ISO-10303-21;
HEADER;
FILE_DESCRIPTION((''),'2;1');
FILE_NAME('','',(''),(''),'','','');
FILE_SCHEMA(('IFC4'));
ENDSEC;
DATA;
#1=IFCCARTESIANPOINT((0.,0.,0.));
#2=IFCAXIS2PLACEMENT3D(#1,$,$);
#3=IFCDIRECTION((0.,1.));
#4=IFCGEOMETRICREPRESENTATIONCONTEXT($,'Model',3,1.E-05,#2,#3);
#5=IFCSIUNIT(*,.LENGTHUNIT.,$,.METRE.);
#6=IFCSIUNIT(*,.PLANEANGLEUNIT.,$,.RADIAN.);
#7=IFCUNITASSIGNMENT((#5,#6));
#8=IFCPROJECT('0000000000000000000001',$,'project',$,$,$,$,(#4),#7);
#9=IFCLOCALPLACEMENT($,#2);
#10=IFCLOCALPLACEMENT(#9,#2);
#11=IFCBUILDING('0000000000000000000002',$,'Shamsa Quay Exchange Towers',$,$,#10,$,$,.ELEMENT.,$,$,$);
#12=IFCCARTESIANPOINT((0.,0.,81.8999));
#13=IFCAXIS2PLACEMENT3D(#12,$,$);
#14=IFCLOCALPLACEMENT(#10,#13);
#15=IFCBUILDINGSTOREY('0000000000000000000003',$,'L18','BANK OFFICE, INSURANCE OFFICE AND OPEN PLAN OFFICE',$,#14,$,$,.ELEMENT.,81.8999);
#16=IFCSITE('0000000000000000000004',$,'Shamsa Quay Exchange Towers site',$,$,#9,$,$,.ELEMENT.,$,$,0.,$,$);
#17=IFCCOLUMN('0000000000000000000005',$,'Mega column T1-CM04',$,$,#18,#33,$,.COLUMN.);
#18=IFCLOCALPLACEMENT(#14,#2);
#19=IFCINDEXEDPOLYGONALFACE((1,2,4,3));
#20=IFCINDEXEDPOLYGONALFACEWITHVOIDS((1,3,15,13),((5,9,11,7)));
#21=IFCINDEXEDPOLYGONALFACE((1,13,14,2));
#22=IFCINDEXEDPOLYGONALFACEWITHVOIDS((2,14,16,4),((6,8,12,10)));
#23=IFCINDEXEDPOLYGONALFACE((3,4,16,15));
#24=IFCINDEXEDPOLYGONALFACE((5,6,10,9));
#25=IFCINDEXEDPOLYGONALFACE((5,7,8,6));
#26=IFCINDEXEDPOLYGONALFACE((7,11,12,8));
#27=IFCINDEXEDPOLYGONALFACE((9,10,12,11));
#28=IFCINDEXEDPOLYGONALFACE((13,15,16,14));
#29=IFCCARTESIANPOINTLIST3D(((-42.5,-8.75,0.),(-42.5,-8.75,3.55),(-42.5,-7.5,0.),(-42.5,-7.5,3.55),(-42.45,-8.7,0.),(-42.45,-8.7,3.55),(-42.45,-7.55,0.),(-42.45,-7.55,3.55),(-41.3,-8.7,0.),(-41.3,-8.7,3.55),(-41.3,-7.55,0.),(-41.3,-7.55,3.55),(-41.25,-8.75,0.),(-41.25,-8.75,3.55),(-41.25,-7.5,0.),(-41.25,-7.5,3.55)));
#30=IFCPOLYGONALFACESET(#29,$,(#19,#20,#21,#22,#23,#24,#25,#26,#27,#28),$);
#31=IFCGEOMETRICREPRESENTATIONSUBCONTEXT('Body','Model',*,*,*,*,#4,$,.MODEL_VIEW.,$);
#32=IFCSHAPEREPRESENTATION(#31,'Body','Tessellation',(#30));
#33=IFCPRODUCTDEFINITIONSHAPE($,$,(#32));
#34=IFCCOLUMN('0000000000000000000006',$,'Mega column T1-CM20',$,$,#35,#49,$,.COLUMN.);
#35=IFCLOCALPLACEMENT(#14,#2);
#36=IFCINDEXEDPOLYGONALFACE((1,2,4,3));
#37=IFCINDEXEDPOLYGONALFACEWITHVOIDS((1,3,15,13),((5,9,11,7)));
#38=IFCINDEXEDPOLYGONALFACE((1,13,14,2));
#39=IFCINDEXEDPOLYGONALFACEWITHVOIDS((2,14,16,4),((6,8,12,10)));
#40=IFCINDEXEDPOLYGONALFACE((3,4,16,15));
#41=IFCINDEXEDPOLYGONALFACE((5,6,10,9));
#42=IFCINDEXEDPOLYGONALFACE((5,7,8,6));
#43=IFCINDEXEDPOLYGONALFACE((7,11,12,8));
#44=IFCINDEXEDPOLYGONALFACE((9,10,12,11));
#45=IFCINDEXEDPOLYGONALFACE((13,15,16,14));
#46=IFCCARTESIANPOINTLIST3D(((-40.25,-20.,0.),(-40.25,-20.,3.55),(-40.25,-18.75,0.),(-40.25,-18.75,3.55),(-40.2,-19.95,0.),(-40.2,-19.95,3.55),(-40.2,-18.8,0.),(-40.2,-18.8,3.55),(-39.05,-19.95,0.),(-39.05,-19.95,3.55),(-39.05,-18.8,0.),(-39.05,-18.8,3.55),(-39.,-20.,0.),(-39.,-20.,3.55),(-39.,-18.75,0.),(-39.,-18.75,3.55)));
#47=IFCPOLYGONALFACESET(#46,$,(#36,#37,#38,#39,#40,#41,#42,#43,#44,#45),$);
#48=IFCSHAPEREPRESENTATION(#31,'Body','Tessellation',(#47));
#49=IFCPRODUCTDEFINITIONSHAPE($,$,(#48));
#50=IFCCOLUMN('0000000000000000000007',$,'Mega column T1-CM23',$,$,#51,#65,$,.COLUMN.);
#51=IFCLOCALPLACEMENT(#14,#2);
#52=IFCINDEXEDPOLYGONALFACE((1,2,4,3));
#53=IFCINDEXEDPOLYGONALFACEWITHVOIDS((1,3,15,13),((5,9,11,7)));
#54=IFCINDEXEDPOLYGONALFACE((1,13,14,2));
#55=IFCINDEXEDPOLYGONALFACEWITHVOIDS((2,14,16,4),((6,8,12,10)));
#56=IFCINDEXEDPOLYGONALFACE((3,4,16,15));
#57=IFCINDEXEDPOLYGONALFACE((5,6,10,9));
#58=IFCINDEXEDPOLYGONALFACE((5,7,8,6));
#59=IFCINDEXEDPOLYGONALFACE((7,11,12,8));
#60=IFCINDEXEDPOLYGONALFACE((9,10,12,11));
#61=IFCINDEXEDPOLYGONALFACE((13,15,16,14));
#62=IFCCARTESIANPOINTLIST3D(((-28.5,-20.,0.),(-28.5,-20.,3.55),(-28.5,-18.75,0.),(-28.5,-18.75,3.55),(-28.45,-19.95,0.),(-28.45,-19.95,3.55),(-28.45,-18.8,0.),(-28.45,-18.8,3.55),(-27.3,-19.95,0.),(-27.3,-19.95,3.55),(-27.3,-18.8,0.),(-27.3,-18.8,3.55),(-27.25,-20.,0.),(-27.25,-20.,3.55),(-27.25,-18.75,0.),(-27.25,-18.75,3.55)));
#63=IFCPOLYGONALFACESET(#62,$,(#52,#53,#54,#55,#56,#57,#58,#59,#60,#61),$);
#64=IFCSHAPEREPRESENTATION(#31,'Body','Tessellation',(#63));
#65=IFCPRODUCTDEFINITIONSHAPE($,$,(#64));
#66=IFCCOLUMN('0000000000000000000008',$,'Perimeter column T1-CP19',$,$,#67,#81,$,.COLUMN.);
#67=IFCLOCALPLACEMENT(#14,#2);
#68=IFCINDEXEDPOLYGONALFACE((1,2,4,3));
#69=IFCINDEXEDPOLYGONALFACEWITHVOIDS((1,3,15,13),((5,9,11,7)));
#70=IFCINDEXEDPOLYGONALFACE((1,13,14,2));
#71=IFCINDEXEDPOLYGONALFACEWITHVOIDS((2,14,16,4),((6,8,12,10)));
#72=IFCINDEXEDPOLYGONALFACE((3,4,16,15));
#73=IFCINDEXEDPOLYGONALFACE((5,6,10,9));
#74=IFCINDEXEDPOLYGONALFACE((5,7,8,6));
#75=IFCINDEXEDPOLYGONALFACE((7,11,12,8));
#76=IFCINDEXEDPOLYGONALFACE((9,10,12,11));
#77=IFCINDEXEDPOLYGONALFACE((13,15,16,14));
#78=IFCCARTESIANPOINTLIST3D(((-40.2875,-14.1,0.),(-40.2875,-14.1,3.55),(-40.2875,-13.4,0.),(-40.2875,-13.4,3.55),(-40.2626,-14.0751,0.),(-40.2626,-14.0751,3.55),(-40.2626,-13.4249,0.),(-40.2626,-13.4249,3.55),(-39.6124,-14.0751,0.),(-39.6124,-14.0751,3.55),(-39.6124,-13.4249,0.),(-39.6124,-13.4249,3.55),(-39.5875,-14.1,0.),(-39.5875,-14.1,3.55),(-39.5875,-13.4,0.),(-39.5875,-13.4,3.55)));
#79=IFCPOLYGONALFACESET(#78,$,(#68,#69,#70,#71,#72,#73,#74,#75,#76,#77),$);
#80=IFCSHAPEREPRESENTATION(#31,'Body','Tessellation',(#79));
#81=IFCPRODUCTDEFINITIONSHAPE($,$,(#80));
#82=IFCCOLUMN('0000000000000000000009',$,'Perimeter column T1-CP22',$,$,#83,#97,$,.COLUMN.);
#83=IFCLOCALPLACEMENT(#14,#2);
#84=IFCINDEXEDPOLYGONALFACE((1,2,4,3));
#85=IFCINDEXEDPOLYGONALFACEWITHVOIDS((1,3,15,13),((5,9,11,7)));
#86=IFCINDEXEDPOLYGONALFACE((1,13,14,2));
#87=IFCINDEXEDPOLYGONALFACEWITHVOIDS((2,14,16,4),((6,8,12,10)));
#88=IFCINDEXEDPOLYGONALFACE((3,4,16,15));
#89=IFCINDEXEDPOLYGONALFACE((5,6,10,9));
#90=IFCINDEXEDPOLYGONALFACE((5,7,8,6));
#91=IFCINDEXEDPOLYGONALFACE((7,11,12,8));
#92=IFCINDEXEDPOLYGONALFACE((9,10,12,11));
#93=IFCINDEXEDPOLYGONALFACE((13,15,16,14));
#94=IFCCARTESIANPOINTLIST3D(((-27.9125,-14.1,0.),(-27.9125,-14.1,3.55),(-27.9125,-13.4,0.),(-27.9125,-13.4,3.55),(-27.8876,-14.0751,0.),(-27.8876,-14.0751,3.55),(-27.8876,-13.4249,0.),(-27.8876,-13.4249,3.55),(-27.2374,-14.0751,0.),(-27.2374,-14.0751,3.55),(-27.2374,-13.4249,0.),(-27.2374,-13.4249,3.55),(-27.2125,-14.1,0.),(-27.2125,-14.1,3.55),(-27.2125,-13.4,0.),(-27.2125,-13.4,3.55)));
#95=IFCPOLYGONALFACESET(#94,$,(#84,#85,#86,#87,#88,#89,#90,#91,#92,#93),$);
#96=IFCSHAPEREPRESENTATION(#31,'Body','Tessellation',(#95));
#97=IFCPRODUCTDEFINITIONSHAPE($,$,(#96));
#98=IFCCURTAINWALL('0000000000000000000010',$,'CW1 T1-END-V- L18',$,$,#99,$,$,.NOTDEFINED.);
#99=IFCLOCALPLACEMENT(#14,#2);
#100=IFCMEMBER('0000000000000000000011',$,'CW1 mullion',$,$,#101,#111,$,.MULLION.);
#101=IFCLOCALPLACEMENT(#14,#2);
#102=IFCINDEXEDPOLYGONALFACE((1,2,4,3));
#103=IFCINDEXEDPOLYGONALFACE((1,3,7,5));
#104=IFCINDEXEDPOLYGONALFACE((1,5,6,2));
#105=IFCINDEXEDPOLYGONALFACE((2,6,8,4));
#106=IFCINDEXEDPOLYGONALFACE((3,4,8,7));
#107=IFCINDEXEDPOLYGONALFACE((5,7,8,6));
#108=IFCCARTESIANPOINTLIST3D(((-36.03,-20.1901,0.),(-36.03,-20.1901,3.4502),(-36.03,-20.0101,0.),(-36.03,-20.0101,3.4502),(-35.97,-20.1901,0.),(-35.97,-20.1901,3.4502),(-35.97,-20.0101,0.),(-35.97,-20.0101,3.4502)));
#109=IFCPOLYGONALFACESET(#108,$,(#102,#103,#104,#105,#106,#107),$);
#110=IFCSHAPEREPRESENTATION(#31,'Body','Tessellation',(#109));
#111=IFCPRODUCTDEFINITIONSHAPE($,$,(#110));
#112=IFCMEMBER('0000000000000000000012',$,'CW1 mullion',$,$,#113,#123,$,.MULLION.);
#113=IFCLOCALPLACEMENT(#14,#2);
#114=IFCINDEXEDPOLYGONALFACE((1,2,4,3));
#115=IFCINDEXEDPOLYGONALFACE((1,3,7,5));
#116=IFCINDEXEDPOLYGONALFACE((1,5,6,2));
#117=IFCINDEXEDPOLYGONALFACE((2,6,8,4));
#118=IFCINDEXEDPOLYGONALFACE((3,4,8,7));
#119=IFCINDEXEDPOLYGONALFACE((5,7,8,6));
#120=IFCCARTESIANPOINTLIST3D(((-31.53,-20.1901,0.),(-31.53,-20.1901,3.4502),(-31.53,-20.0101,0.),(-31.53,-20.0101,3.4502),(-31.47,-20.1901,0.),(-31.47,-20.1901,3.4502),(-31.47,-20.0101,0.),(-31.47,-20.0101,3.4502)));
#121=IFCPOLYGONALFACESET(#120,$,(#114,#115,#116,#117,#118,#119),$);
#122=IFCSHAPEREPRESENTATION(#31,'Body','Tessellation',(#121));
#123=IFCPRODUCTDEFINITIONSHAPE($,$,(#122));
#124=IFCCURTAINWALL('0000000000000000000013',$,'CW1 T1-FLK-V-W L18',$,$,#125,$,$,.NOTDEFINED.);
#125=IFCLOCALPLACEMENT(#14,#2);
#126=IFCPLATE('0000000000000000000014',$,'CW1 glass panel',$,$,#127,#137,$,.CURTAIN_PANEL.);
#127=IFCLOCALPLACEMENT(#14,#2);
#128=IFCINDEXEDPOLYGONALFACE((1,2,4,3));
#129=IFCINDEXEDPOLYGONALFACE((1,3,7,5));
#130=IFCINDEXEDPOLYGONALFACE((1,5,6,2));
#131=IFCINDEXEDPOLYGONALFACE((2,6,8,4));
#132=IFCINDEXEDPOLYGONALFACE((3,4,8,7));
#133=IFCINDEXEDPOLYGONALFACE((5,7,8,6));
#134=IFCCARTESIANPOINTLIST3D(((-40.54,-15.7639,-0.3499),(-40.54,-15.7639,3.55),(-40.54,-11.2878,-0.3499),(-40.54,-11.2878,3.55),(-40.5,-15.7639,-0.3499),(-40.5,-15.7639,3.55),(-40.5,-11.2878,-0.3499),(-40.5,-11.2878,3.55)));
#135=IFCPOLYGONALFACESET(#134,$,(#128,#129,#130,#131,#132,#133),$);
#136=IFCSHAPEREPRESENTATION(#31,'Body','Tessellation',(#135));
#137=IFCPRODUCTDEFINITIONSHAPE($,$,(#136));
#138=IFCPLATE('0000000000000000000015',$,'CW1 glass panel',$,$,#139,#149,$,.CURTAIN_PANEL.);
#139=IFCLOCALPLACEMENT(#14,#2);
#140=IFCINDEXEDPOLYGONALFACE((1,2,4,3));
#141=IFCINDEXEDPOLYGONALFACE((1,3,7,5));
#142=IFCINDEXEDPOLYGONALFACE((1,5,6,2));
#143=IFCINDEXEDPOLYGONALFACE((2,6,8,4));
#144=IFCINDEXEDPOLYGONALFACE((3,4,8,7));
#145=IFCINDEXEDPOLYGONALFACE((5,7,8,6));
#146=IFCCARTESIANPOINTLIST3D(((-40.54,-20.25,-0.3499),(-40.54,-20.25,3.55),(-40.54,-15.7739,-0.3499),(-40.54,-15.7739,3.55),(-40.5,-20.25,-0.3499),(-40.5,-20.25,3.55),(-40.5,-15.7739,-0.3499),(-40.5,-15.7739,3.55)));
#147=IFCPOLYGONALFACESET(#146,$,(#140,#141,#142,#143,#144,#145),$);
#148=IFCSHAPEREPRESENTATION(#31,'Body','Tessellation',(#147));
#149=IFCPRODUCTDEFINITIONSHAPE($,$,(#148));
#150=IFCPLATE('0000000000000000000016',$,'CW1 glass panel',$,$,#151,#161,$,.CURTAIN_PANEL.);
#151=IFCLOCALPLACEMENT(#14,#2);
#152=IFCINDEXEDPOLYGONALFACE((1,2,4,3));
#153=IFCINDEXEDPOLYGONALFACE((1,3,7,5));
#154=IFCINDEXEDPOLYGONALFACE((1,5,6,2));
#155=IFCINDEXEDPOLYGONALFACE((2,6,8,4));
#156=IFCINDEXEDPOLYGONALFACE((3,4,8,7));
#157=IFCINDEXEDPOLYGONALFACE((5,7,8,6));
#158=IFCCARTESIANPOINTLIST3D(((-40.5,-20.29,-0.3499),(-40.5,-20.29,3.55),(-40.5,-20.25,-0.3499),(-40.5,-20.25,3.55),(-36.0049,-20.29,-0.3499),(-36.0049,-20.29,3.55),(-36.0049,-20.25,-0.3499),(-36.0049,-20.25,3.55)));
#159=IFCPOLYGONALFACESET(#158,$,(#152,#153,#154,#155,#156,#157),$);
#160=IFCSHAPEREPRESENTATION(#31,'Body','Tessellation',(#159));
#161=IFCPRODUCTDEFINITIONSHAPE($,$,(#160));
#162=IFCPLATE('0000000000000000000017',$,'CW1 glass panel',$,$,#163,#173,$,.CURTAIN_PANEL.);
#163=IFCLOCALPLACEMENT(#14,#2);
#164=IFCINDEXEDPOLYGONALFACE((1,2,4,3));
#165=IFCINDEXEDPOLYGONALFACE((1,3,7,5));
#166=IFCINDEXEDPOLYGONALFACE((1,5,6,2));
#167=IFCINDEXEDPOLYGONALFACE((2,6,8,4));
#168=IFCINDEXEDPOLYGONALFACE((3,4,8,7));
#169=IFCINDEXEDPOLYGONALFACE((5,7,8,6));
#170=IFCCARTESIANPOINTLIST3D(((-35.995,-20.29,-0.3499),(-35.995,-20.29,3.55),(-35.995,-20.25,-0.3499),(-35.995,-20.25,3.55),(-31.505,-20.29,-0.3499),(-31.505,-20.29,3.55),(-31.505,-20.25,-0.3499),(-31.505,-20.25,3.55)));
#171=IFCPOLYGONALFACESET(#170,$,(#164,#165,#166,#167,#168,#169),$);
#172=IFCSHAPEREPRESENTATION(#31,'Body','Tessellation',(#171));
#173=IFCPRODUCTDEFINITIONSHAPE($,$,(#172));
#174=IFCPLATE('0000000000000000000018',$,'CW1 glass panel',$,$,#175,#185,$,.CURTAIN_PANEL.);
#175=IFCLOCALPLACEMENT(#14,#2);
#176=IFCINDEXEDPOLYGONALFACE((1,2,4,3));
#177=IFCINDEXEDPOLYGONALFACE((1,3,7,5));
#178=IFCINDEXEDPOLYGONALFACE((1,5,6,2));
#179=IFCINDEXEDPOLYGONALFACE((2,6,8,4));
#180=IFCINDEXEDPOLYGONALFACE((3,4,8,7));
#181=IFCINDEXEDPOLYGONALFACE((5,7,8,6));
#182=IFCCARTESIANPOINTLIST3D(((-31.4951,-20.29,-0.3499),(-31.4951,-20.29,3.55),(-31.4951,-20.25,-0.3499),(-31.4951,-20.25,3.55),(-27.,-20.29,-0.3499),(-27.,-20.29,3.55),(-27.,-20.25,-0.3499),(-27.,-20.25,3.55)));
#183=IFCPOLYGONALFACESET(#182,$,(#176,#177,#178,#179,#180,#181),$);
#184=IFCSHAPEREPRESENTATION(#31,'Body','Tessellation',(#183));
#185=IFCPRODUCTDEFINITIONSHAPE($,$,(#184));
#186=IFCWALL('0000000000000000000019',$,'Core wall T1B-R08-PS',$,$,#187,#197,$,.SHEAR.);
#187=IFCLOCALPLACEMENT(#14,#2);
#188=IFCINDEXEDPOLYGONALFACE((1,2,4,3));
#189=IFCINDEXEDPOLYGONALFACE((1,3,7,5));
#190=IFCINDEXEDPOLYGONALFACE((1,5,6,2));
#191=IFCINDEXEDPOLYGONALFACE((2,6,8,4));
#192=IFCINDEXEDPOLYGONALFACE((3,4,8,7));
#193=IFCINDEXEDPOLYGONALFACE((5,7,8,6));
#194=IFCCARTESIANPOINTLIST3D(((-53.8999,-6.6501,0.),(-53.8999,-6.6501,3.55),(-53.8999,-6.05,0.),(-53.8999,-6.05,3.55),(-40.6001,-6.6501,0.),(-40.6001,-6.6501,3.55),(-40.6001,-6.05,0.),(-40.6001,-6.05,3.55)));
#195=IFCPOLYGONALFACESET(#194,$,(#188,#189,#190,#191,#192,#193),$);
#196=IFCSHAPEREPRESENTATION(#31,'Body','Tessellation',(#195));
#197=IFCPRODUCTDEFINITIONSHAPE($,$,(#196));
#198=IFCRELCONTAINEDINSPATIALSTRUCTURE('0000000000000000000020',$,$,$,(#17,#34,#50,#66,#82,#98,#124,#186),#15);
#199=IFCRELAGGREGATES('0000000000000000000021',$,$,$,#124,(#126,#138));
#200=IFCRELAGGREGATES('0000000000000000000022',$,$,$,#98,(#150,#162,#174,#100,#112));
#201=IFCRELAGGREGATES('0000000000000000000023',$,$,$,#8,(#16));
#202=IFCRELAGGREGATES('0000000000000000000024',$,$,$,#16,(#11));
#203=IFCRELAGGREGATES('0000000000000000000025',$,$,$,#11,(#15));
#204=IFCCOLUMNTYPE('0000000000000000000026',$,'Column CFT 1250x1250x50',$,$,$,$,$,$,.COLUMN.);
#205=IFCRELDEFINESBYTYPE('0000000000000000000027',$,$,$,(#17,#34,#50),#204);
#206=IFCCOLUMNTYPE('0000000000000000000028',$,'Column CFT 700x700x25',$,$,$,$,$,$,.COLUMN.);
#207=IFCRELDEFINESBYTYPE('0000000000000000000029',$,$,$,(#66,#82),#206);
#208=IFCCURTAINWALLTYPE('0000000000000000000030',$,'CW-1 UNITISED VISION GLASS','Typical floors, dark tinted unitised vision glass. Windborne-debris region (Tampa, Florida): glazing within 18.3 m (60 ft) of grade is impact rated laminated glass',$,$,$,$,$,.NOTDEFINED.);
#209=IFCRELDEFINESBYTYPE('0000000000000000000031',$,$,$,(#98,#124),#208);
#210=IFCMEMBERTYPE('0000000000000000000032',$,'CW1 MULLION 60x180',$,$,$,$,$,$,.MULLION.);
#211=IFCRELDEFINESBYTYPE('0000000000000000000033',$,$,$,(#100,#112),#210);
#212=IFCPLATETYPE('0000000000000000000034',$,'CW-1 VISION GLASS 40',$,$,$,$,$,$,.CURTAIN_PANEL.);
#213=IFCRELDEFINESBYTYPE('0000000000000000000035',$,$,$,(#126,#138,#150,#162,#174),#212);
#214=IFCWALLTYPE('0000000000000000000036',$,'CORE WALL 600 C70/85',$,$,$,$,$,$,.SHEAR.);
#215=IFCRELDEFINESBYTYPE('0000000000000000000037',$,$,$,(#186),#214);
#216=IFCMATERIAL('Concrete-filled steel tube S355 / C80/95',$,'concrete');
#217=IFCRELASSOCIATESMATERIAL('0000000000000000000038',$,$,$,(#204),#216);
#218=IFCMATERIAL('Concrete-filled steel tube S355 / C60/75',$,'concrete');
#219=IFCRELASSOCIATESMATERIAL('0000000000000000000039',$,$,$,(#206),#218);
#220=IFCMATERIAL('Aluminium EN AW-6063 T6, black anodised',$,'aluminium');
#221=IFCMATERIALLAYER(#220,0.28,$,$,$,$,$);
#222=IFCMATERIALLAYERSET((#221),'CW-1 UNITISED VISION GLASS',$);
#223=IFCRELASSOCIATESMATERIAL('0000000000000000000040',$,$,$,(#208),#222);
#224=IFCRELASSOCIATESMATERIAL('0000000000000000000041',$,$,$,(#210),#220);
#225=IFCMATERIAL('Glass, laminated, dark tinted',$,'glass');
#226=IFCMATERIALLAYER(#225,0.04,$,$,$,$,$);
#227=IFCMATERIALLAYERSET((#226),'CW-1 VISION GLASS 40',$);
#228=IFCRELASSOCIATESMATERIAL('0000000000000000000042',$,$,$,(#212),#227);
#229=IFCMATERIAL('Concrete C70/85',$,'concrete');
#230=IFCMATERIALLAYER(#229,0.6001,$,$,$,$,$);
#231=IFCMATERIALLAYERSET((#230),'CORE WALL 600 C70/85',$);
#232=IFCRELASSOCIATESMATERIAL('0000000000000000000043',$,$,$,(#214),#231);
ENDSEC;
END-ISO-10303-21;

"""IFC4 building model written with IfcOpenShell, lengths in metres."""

from ifc_helpers import new_model, si_unit, direction, frame, frame_2d, origin, origin_2d, place, context, subcontext, project, spatial, rectangle, hollow_rectangle, extrude, material, layer, layer_set, material_profile, profile_set, type_object, element, aggregate, save


model = new_model("IFC4")

# Units and contexts
model_context = context("Model", 3, precision=1e-05, world=origin(), true_north=direction((0.0, 1.0)))
body_context = subcontext(model_context, "Body", "Model", "MODEL_VIEW")
ifc_project = project(units=[si_unit("LENGTHUNIT", "METRE"), si_unit("PLANEANGLEUNIT", "RADIAN")], contexts=[model_context])

# Site, building, storey
site_placement = place(None, origin())
site = spatial("IfcSite", under=ifc_project, at=site_placement, Name="Shamsa Quay Exchange Towers site", CompositionType="ELEMENT", RefElevation=0.0)
building_placement = place(site_placement, origin())
building = spatial("IfcBuilding", under=site, at=building_placement, Name="Shamsa Quay Exchange Towers", CompositionType="ELEMENT")
storey_placement = place(building_placement, frame((0.0, 0.0, 81.8999)))
storey = spatial("IfcBuildingStorey", under=building, at=storey_placement, Name="L18", Description="BANK OFFICE, INSURANCE OFFICE AND OPEN PLAN OFFICE", CompositionType="ELEMENT", Elevation=81.8999)

# Columns
ifc_material_1 = material(Name="Concrete-filled steel tube S355 / C80/95", Category="concrete")
ifc_material_profile_1 = material_profile(ifc_material_1, hollow_rectangle(XDim=1.25, YDim=1.25, WallThickness=0.05, at=origin_2d()), Name="CFT 1250x1250x50")
ifc_profile_set_1 = profile_set([ifc_material_profile_1], Name="Concrete-filled steel tube S355 / C80/95")
column_type_1 = type_object("IfcColumnType", Name="Column CFT 1250x1250x50", PredefinedType="COLUMN", material=ifc_profile_set_1)
for number, where, name in (
    (1, (-41.875, -8.125, 0.0), "Mega column T1-CM04"),
    (2, (-39.625, -19.375, 0.0), "Mega column T1-CM20"),
    (3, (-27.875, -19.375, 0.0), "Mega column T1-CM23"),
):
    element("IfcColumn", number, at=place(storey_placement, frame(where)), inside=storey, type_object=column_type_1, Name=name, PredefinedType="COLUMN", context=body_context, shape_type="SweptSolid", body=[
        extrude(hollow_rectangle(XDim=1.25, YDim=1.25, WallThickness=0.05, at=origin_2d()), origin(), (0.0, 0.0, 1.0), 3.55),
    ])
ifc_material_2 = material(Name="Concrete-filled steel tube S355 / C60/75", Category="concrete")
ifc_material_profile_2 = material_profile(ifc_material_2, hollow_rectangle(XDim=0.7, YDim=0.7, WallThickness=0.0249, at=origin_2d()), Name="CFT 700x700x25")
ifc_profile_set_2 = profile_set([ifc_material_profile_2], Name="Concrete-filled steel tube S355 / C60/75")
column_type_2 = type_object("IfcColumnType", Name="Column CFT 700x700x25", PredefinedType="COLUMN", material=ifc_profile_set_2)
for number, where, name in (
    (4, (-39.9375, -13.75, 0.0), "Perimeter column T1-CP19"),
    (5, (-27.5625, -13.75, 0.0), "Perimeter column T1-CP22"),
):
    element("IfcColumn", number, at=place(storey_placement, frame(where)), inside=storey, type_object=column_type_2, Name=name, PredefinedType="COLUMN", context=body_context, shape_type="SweptSolid", body=[
        extrude(hollow_rectangle(XDim=0.7, YDim=0.7, WallThickness=0.0249, at=origin_2d()), origin(), (0.0, 0.0, 1.0), 3.55),
    ])

# Curtain wall, members
ifc_material_3 = material(Name="Aluminium EN AW-6063 T6, black anodised", Category="aluminium")
ifc_layer_1 = layer(ifc_material_3, 0.28)
ifc_layer_set_1 = layer_set([ifc_layer_1], Name="CW-1 UNITISED VISION GLASS")
curtain_wall_type = type_object("IfcCurtainWallType", Name="CW-1 UNITISED VISION GLASS", Description="Typical floors, dark tinted unitised vision glass. Windborne-debris region (Tampa, Florida): glazing within 18.3 m (60 ft) of grade is impact rated laminated glass", PredefinedType="NOTDEFINED", material=ifc_layer_set_1)
curtain_wall_1_placement = place(storey_placement, origin())
curtain_wall_1 = element("IfcCurtainWall", 6, at=curtain_wall_1_placement, inside=storey, type_object=curtain_wall_type, Name="CW1 T1-END-V- L18", PredefinedType="NOTDEFINED")
ifc_material_profile_3 = material_profile(ifc_material_3, rectangle(XDim=0.1799, YDim=0.0601, at=origin_2d()), Name="MU60x180")
ifc_profile_set_3 = profile_set([ifc_material_profile_3], Name="Aluminium EN AW-6063 T6, black anodised")
member_type = type_object("IfcMemberType", Name="CW1 MULLION 60x180", PredefinedType="MULLION", material=ifc_profile_set_3)
member_1_placement = place(storey_placement, frame((-36.0, -20.1001, 0.0), z_axis=(0.0, 0.0, 1.0), x_axis=(0.0, 1.0, 0.0)))
member_1 = element("IfcMember", 7, at=member_1_placement, type_object=member_type, Name="CW1 mullion", PredefinedType="MULLION", context=body_context, shape_type="SweptSolid", body=[
    extrude(rectangle(XDim=0.1799, YDim=0.0601, at=origin_2d()), origin(), (0.0, 0.0, 1.0), 3.4502),
])
member_2_placement = place(storey_placement, frame((-31.5, -20.1001, 0.0), z_axis=(0.0, 0.0, 1.0), x_axis=(0.0, 1.0, 0.0)))
member_2 = element("IfcMember", 8, at=member_2_placement, type_object=member_type, Name="CW1 mullion", PredefinedType="MULLION", context=body_context, shape_type="SweptSolid", body=[
    extrude(rectangle(XDim=0.1799, YDim=0.0601, at=origin_2d()), origin(), (0.0, 0.0, 1.0), 3.4502),
])

# Curtain wall, plates
curtain_wall_2_placement = place(storey_placement, origin())
curtain_wall_2 = element("IfcCurtainWall", 9, at=curtain_wall_2_placement, inside=storey, type_object=curtain_wall_type, Name="CW1 T1-FLK-V-W L18", PredefinedType="NOTDEFINED")
ifc_material_4 = material(Name="Glass, laminated, dark tinted", Category="glass")
ifc_layer_2 = layer(ifc_material_4, 0.04)
ifc_layer_set_2 = layer_set([ifc_layer_2], Name="CW-1 VISION GLASS 40")
plate_type = type_object("IfcPlateType", Name="CW-1 VISION GLASS 40", PredefinedType="CURTAIN_PANEL", material=ifc_layer_set_2)
plate_1_placement = place(storey_placement, frame((-40.52, -13.5259, -0.3499), z_axis=(0.0, 0.0, 1.0), x_axis=(0.0, -1.0, 0.0)))
plate_1 = element("IfcPlate", 10, at=plate_1_placement, type_object=plate_type, Name="CW1 glass panel", PredefinedType="CURTAIN_PANEL", context=body_context, shape_type="SweptSolid", body=[
    extrude(rectangle(XDim=4.4761, YDim=0.04, at=origin_2d()), origin(), (0.0, 0.0, 1.0), 3.8999),
])
plate_2_placement = place(storey_placement, frame((-40.52, -18.012, -0.3499), z_axis=(0.0, 0.0, 1.0), x_axis=(0.0, -1.0, 0.0)))
plate_2 = element("IfcPlate", 11, at=plate_2_placement, type_object=plate_type, Name="CW1 glass panel", PredefinedType="CURTAIN_PANEL", context=body_context, shape_type="SweptSolid", body=[
    extrude(rectangle(XDim=4.4761, YDim=0.04, at=origin_2d()), origin(), (0.0, 0.0, 1.0), 3.8999),
])
aggregate(curtain_wall_2, [plate_1, plate_2])

# Plates
plate_3_placement = place(storey_placement, frame((-38.2524, -20.27, -0.3499)))
plate_3 = element("IfcPlate", 12, at=plate_3_placement, type_object=plate_type, Name="CW1 glass panel", PredefinedType="CURTAIN_PANEL", context=body_context, shape_type="SweptSolid", body=[
    extrude(rectangle(XDim=4.4951, YDim=0.04, at=origin_2d()), origin(), (0.0, 0.0, 1.0), 3.8999),
])
plate_4_placement = place(storey_placement, frame((-33.75, -20.27, -0.3499)))
plate_4 = element("IfcPlate", 13, at=plate_4_placement, type_object=plate_type, Name="CW1 glass panel", PredefinedType="CURTAIN_PANEL", context=body_context, shape_type="SweptSolid", body=[
    extrude(rectangle(XDim=4.49, YDim=0.04, at=origin_2d()), origin(), (0.0, 0.0, 1.0), 3.8999),
])
plate_5_placement = place(storey_placement, frame((-29.2476, -20.27, -0.3499)))
plate_5 = element("IfcPlate", 14, at=plate_5_placement, type_object=plate_type, Name="CW1 glass panel", PredefinedType="CURTAIN_PANEL", context=body_context, shape_type="SweptSolid", body=[
    extrude(rectangle(XDim=4.4951, YDim=0.04, at=origin_2d()), origin(), (0.0, 0.0, 1.0), 3.8999),
])
aggregate(curtain_wall_1, [plate_3, plate_4, plate_5, member_1, member_2])

# Wall
ifc_material_5 = material(Name="Concrete C70/85", Category="concrete")
ifc_layer_3 = layer(ifc_material_5, 0.6001)
ifc_layer_set_3 = layer_set([ifc_layer_3], Name="CORE WALL 600 C70/85")
wall_type_1 = type_object("IfcWallType", Name="CORE WALL 600 C70/85", PredefinedType="SHEAR", material=ifc_layer_set_3)
wall_1_placement = place(storey_placement, frame((-40.6001, -6.3501, 0.0), z_axis=(0.0, 0.0, 1.0), x_axis=(-1.0, 0.0, 0.0)))
element("IfcWall", 15, at=wall_1_placement, inside=storey, type_object=wall_type_1, Name="Core wall T1B-R08-PS", PredefinedType="SHEAR", context=body_context, shape_type="SweptSolid", body=[
    extrude(rectangle(XDim=13.2998, YDim=0.6001, at=frame_2d((6.6499, 0.0))), origin(), (0.0, 0.0, 1.0), 3.55),
])

save(model, "model.ifc")
